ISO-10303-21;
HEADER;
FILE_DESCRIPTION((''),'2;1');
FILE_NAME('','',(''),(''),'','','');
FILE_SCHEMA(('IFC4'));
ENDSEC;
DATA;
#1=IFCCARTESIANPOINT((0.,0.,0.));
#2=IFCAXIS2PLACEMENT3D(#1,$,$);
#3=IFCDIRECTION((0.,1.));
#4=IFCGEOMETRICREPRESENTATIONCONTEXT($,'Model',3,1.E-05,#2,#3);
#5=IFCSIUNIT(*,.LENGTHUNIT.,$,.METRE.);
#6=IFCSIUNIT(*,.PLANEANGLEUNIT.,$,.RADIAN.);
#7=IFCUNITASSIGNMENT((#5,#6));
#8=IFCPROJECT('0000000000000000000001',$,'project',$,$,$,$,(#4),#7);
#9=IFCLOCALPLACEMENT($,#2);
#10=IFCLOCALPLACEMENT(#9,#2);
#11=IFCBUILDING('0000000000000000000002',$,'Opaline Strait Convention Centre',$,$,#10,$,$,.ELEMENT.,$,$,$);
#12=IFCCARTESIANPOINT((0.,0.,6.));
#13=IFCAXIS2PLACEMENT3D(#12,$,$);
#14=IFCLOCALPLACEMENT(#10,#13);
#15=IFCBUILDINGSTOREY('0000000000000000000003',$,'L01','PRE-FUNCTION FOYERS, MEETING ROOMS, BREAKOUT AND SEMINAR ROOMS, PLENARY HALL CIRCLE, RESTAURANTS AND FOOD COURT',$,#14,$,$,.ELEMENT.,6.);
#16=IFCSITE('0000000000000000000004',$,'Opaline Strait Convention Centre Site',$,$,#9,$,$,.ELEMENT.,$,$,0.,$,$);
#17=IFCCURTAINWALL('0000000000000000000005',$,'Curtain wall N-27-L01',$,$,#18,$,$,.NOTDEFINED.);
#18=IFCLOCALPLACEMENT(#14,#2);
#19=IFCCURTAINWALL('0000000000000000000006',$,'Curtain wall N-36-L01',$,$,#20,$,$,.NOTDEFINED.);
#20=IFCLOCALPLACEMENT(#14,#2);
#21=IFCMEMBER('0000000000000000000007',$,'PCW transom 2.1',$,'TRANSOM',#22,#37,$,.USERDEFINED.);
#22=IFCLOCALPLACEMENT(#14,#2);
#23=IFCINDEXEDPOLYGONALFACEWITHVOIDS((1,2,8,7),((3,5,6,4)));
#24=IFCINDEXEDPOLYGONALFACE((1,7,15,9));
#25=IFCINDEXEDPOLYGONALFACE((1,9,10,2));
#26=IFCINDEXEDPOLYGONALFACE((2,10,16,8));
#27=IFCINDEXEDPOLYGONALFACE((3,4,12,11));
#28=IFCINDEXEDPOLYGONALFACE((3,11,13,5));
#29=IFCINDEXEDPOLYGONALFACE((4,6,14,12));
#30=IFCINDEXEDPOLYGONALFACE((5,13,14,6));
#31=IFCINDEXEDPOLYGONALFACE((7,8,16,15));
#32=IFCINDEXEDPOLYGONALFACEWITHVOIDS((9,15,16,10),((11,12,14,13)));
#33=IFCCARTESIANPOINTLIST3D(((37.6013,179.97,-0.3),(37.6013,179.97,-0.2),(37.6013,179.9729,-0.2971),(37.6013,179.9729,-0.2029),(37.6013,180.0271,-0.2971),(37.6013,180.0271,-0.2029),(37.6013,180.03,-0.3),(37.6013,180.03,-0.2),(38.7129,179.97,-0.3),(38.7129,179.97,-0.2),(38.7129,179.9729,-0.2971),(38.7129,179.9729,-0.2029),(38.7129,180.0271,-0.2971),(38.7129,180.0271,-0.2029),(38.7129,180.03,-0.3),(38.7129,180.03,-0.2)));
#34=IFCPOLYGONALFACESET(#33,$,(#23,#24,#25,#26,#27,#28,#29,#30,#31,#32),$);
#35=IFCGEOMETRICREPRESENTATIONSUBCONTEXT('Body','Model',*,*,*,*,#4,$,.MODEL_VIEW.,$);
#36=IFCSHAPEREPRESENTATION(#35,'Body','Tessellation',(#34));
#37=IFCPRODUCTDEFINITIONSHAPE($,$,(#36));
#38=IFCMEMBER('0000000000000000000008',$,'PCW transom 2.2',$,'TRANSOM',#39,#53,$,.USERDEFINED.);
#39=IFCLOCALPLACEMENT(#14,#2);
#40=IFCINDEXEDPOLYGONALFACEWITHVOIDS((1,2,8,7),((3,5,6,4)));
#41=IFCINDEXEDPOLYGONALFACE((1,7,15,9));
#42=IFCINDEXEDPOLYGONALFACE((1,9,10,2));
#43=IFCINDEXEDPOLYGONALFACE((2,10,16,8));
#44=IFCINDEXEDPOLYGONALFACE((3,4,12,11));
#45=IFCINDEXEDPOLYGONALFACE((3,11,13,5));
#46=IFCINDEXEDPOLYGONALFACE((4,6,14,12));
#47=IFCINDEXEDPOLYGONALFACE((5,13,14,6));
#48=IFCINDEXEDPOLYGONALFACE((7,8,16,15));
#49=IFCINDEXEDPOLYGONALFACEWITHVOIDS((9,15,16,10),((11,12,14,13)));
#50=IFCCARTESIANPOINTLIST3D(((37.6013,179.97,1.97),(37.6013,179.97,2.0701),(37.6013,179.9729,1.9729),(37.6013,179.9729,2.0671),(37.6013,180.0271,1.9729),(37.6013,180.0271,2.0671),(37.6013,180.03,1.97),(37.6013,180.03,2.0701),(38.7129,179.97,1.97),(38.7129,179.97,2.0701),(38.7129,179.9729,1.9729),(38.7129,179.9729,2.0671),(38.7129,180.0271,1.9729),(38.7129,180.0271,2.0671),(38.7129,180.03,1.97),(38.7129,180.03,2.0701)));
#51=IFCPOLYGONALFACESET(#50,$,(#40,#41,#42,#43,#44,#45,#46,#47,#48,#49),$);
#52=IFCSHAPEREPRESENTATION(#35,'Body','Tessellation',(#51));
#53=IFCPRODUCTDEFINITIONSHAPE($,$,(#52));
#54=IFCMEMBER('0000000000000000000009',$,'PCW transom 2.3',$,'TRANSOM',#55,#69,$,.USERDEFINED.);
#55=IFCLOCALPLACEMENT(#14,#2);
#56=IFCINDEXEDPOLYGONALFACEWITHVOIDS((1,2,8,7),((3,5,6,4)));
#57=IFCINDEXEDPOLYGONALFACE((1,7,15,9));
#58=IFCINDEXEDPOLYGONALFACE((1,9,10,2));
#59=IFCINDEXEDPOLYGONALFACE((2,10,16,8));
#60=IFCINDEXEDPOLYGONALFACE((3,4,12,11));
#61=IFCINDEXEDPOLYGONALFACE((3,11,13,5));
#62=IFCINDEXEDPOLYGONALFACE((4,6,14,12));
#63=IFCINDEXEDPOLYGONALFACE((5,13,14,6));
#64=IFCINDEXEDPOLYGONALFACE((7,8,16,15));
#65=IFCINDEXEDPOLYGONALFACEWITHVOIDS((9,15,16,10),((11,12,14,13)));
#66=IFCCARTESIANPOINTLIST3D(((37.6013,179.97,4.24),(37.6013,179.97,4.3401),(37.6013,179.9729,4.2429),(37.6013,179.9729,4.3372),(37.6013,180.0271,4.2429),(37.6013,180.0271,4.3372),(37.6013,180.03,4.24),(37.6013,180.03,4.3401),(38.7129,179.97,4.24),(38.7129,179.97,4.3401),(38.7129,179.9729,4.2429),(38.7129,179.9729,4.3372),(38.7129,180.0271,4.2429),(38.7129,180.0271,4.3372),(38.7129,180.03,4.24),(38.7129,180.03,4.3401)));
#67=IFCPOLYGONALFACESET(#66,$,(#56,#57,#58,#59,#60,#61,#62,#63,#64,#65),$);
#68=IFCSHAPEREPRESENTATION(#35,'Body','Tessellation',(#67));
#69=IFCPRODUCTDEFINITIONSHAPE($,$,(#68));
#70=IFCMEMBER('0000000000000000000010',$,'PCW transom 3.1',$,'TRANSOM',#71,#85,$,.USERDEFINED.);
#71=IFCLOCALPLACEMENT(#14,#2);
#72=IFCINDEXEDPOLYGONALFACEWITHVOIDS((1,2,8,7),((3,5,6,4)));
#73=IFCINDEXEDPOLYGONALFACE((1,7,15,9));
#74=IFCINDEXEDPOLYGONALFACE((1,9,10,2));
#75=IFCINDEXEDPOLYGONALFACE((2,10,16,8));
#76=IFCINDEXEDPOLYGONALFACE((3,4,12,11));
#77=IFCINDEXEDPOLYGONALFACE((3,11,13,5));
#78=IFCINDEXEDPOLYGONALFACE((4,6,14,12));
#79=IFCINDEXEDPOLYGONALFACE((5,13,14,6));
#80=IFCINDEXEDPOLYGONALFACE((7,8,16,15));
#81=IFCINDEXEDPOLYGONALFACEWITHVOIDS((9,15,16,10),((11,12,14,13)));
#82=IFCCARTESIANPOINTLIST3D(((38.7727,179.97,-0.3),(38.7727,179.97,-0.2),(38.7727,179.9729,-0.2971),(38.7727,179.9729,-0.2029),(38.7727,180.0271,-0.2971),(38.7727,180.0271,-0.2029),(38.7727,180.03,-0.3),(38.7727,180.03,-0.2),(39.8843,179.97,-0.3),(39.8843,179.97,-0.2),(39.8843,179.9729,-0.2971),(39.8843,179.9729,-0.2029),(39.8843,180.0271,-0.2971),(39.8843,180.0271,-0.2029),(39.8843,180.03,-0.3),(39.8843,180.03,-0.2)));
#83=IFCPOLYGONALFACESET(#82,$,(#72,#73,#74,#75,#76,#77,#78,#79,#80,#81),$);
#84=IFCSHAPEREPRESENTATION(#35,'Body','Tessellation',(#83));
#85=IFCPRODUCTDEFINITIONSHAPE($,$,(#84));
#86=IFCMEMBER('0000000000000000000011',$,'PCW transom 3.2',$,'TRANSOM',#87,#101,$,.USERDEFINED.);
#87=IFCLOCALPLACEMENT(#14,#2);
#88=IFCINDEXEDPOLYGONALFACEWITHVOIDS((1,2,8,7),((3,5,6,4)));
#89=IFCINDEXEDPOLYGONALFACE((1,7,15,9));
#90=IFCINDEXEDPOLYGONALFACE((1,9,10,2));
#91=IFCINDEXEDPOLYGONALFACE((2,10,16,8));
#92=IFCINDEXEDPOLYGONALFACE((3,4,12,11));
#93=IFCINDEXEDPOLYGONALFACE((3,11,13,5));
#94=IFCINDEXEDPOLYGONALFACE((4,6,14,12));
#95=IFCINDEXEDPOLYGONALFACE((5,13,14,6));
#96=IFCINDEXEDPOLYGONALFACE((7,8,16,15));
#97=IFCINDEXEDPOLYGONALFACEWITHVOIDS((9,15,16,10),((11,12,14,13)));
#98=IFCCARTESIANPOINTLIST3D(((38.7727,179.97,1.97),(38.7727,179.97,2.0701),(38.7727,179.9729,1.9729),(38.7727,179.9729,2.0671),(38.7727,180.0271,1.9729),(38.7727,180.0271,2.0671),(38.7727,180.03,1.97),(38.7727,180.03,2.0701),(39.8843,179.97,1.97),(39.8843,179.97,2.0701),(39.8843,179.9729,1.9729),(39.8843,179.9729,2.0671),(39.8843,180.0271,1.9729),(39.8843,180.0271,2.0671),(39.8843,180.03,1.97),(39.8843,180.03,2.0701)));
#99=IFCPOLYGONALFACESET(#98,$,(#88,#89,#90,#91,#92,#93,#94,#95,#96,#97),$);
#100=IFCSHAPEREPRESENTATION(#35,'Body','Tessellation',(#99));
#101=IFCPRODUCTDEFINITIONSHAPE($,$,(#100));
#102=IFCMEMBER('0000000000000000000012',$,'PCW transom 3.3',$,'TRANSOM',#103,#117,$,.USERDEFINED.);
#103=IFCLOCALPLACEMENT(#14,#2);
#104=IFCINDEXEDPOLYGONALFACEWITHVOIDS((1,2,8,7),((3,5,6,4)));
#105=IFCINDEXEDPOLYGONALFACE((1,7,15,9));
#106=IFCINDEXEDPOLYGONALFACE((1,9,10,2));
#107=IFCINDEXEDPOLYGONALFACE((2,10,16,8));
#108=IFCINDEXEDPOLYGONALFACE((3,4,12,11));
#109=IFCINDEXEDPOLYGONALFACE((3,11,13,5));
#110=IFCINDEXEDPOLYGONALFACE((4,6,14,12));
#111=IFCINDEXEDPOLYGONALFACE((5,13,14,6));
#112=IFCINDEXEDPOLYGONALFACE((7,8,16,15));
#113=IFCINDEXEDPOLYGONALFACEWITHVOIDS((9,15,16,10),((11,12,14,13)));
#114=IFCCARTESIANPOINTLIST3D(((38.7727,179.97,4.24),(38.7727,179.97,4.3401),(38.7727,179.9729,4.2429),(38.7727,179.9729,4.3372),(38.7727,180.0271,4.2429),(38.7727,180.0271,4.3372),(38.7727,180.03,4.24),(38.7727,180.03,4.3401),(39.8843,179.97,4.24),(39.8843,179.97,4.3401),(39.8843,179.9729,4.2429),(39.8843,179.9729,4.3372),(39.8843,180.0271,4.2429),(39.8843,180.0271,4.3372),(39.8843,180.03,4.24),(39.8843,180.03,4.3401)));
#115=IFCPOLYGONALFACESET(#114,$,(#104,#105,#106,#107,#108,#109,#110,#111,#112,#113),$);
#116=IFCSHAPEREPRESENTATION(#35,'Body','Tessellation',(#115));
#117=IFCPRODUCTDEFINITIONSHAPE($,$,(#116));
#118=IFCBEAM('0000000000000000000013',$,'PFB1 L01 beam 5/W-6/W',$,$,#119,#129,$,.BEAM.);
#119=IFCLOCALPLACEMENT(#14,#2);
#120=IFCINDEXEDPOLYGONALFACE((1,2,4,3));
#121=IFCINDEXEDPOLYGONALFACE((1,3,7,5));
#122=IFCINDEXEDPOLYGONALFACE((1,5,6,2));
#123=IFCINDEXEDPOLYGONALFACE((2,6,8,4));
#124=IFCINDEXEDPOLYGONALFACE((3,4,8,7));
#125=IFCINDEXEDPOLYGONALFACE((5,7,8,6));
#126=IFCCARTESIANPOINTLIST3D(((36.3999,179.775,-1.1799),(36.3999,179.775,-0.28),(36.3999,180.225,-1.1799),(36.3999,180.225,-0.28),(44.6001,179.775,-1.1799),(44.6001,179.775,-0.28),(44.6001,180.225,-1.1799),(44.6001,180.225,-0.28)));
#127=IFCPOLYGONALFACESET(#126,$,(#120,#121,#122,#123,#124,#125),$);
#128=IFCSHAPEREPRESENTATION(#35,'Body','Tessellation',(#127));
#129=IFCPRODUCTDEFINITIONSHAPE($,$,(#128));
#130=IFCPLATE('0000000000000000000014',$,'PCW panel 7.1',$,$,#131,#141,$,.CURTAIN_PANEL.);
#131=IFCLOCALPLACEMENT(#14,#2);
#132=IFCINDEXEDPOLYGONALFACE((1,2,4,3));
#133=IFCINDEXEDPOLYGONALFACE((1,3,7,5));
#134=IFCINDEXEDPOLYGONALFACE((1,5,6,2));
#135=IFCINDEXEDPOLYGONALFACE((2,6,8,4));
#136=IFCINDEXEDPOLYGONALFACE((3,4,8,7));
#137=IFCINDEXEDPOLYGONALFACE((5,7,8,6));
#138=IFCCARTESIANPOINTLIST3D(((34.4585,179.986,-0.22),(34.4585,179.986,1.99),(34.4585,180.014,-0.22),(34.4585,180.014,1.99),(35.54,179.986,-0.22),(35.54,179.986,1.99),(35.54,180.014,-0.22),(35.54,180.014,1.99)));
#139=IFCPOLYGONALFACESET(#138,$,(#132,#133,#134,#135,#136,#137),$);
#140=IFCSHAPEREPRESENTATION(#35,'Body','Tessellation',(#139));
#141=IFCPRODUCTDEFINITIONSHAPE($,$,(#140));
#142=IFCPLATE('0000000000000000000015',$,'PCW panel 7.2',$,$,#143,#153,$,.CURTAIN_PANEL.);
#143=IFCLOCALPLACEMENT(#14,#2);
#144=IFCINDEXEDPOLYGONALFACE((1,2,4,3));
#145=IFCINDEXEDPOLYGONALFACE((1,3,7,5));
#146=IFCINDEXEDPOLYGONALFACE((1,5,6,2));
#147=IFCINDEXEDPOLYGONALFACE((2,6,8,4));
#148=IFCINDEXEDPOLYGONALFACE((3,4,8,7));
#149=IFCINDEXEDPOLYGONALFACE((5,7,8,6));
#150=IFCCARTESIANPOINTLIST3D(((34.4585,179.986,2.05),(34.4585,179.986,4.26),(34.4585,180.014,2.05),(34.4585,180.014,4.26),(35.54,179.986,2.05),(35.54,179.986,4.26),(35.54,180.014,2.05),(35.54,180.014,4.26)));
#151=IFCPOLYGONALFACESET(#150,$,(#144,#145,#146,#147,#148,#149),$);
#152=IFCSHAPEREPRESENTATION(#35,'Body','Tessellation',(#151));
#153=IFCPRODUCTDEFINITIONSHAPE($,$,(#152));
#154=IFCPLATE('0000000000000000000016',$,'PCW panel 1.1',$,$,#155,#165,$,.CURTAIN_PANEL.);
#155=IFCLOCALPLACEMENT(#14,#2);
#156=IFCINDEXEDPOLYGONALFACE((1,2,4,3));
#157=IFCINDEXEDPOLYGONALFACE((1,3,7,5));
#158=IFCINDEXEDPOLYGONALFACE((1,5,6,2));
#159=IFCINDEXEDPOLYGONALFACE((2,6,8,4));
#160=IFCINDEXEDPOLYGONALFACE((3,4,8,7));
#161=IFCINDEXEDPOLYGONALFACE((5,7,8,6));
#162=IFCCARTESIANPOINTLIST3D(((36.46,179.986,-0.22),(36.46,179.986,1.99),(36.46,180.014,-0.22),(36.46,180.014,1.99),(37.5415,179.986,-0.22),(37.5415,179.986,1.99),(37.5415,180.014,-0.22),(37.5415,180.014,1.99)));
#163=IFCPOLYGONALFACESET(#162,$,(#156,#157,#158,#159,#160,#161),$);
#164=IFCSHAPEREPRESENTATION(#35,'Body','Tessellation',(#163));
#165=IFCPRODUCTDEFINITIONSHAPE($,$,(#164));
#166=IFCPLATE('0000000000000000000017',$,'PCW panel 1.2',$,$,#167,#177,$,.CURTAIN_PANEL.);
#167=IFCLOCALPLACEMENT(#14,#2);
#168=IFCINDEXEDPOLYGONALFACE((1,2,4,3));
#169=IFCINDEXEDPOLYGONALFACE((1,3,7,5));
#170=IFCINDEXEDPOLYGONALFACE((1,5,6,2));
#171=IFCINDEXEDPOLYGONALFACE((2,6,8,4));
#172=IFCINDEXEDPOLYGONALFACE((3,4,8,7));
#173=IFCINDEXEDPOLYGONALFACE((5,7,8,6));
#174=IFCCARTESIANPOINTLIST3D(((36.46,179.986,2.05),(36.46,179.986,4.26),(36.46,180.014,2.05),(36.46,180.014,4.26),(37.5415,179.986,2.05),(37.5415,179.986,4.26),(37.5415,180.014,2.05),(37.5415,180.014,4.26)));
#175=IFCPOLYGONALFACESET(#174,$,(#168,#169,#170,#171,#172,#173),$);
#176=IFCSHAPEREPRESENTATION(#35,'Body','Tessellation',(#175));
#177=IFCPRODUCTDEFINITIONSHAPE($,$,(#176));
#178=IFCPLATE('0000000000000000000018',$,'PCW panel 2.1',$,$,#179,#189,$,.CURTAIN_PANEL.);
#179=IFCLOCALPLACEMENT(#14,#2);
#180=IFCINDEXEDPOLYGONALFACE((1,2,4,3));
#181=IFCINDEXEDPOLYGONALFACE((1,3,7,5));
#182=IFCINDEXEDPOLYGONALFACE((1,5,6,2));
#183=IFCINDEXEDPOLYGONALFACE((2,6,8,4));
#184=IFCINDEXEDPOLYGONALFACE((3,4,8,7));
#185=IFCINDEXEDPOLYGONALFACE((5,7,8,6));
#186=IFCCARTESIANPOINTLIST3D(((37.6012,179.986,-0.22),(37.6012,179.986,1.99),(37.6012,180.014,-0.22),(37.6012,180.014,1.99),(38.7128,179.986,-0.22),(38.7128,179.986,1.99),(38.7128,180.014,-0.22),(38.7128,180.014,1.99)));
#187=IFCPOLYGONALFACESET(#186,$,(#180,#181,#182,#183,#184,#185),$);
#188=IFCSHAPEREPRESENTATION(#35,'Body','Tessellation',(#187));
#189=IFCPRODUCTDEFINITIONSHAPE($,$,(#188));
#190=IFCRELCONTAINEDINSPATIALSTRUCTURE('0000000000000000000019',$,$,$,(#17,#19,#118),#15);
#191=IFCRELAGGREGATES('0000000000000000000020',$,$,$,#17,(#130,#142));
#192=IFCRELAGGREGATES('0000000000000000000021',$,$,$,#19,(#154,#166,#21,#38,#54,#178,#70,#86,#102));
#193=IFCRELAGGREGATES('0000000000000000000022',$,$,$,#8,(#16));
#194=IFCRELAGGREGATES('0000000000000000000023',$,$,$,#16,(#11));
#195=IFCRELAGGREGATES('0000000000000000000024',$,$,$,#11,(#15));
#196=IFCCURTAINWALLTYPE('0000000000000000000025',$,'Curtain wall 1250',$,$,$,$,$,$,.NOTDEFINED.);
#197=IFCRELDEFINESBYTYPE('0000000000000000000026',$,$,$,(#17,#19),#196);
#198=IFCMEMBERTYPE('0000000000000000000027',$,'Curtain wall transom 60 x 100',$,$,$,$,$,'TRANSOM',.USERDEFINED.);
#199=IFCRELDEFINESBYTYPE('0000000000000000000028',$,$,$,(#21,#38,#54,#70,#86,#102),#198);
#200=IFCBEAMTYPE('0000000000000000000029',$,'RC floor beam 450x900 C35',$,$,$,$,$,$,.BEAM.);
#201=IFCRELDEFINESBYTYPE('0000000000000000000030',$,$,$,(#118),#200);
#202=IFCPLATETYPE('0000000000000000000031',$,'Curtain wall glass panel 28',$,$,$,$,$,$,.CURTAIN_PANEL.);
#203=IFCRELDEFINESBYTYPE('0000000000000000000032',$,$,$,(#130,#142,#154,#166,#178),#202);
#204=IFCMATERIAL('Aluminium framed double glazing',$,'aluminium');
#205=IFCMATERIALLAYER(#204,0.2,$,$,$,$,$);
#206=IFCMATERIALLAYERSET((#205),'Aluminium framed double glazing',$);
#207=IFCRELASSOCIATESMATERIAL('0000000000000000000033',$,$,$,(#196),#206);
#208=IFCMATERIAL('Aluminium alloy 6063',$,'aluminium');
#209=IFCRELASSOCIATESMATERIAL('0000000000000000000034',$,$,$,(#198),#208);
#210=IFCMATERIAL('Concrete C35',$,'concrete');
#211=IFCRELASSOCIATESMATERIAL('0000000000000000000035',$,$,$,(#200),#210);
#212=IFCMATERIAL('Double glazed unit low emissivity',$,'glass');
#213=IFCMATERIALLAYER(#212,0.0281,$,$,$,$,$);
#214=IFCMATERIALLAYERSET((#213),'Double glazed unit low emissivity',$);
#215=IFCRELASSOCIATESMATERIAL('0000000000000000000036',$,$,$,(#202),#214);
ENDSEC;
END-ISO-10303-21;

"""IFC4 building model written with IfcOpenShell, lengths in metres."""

from ifc_helpers import new_model, si_unit, direction, frame, origin, origin_2d, place, context, subcontext, project, spatial, rectangle, hollow_rectangle, extrude, material, layer, layer_set, material_profile, profile_set, type_object, element, aggregate, save


model = new_model("IFC4")

# Units and contexts
model_context = context("Model", 3, precision=1e-05, world=origin(), true_north=direction((0.0, 1.0)))
body_context = subcontext(model_context, "Body", "Model", "MODEL_VIEW")
ifc_project = project(units=[si_unit("LENGTHUNIT", "METRE"), si_unit("PLANEANGLEUNIT", "RADIAN")], contexts=[model_context])

# Site, building, storey
site_placement = place(None, origin())
site = spatial("IfcSite", under=ifc_project, at=site_placement, Name="Opaline Strait Convention Centre Site", CompositionType="ELEMENT", RefElevation=0.0)
building_placement = place(site_placement, origin())
building = spatial("IfcBuilding", under=site, at=building_placement, Name="Opaline Strait Convention Centre", CompositionType="ELEMENT")
storey_placement = place(building_placement, frame((0.0, 0.0, 6.0)))
storey = spatial("IfcBuildingStorey", under=building, at=storey_placement, Name="L01", Description="PRE-FUNCTION FOYERS, MEETING ROOMS, BREAKOUT AND SEMINAR ROOMS, PLENARY HALL CIRCLE, RESTAURANTS AND FOOD COURT", CompositionType="ELEMENT", Elevation=6.0)

# Curtain wall
ifc_material_1 = material(Name="Aluminium framed double glazing", Category="aluminium")
ifc_layer_1 = layer(ifc_material_1, 0.2)
ifc_layer_set_1 = layer_set([ifc_layer_1], Name="Aluminium framed double glazing")
curtain_wall_type = type_object("IfcCurtainWallType", Name="Curtain wall 1250", PredefinedType="NOTDEFINED", material=ifc_layer_set_1)
curtain_wall_1_placement = place(storey_placement, origin())
curtain_wall_1 = element("IfcCurtainWall", 1, at=curtain_wall_1_placement, inside=storey, type_object=curtain_wall_type, Name="Curtain wall N-27-L01", PredefinedType="NOTDEFINED")
ifc_material_2 = material(Name="Aluminium alloy 6063", Category="aluminium")

# Curtain wall
curtain_wall_2_placement = place(storey_placement, origin())
curtain_wall_2 = element("IfcCurtainWall", 2, at=curtain_wall_2_placement, inside=storey, type_object=curtain_wall_type, Name="Curtain wall N-36-L01", PredefinedType="NOTDEFINED")

# Members
ifc_material_profile_1 = material_profile(ifc_material_2, hollow_rectangle(XDim=0.0601, YDim=0.1001, WallThickness=0.0029, at=origin_2d()), Name="TRANSOM 60x100x3")
ifc_profile_set_1 = profile_set([ifc_material_profile_1], Name="Aluminium alloy 6063")
member_type_1 = type_object("IfcMemberType", Name="Curtain wall transom 60 x 100", ElementType="TRANSOM", PredefinedType="USERDEFINED", material=ifc_profile_set_1)
member_1_placement = place(storey_placement, frame((37.6013, 180.0, -0.25), z_axis=(1.0, 0.0, 0.0), x_axis=(0.0, 1.0, 0.0)))
member_1 = element("IfcMember", 3, at=member_1_placement, type_object=member_type_1, Name="PCW transom 2.1", ObjectType="TRANSOM", PredefinedType="USERDEFINED", context=body_context, shape_type="SweptSolid", body=[
    extrude(hollow_rectangle(XDim=0.0601, YDim=0.1001, WallThickness=0.0029, at=origin_2d()), origin(), (0.0, 0.0, 1.0), 1.1116),
])
member_2_placement = place(storey_placement, frame((37.6013, 180.0, 2.02), z_axis=(1.0, 0.0, 0.0), x_axis=(0.0, 1.0, 0.0)))
member_2 = element("IfcMember", 4, at=member_2_placement, type_object=member_type_1, Name="PCW transom 2.2", ObjectType="TRANSOM", PredefinedType="USERDEFINED", context=body_context, shape_type="SweptSolid", body=[
    extrude(hollow_rectangle(XDim=0.0601, YDim=0.1001, WallThickness=0.0029, at=origin_2d()), origin(), (0.0, 0.0, 1.0), 1.1116),
])
member_3_placement = place(storey_placement, frame((37.6013, 180.0, 4.29), z_axis=(1.0, 0.0, 0.0), x_axis=(0.0, 1.0, 0.0)))
member_3 = element("IfcMember", 5, at=member_3_placement, type_object=member_type_1, Name="PCW transom 2.3", ObjectType="TRANSOM", PredefinedType="USERDEFINED", context=body_context, shape_type="SweptSolid", body=[
    extrude(hollow_rectangle(XDim=0.0601, YDim=0.1001, WallThickness=0.0029, at=origin_2d()), origin(), (0.0, 0.0, 1.0), 1.1116),
])
member_4_placement = place(storey_placement, frame((38.7727, 180.0, -0.25), z_axis=(1.0, 0.0, 0.0), x_axis=(0.0, 1.0, 0.0)))
member_4 = element("IfcMember", 6, at=member_4_placement, type_object=member_type_1, Name="PCW transom 3.1", ObjectType="TRANSOM", PredefinedType="USERDEFINED", context=body_context, shape_type="SweptSolid", body=[
    extrude(hollow_rectangle(XDim=0.0601, YDim=0.1001, WallThickness=0.0029, at=origin_2d()), origin(), (0.0, 0.0, 1.0), 1.1116),
])
member_5_placement = place(storey_placement, frame((38.7727, 180.0, 2.02), z_axis=(1.0, 0.0, 0.0), x_axis=(0.0, 1.0, 0.0)))
member_5 = element("IfcMember", 7, at=member_5_placement, type_object=member_type_1, Name="PCW transom 3.2", ObjectType="TRANSOM", PredefinedType="USERDEFINED", context=body_context, shape_type="SweptSolid", body=[
    extrude(hollow_rectangle(XDim=0.0601, YDim=0.1001, WallThickness=0.0029, at=origin_2d()), origin(), (0.0, 0.0, 1.0), 1.1116),
])
member_6_placement = place(storey_placement, frame((38.7727, 180.0, 4.29), z_axis=(1.0, 0.0, 0.0), x_axis=(0.0, 1.0, 0.0)))
member_6 = element("IfcMember", 8, at=member_6_placement, type_object=member_type_1, Name="PCW transom 3.3", ObjectType="TRANSOM", PredefinedType="USERDEFINED", context=body_context, shape_type="SweptSolid", body=[
    extrude(hollow_rectangle(XDim=0.0601, YDim=0.1001, WallThickness=0.0029, at=origin_2d()), origin(), (0.0, 0.0, 1.0), 1.1116),
])

# Beam
ifc_material_3 = material(Name="Concrete C35", Category="concrete")
ifc_material_profile_2 = material_profile(ifc_material_3, rectangle(XDim=0.45, YDim=0.8999, at=origin_2d()), Name="RC 450x900")
ifc_profile_set_2 = profile_set([ifc_material_profile_2], Name="Concrete C35")
beam_type = type_object("IfcBeamType", Name="RC floor beam 450x900 C35", PredefinedType="BEAM", material=ifc_profile_set_2)
beam_placement = place(storey_placement, frame((36.3999, 180.0, -0.73), z_axis=(1.0, 0.0, 0.0), x_axis=(0.0, 1.0, 0.0)))
element("IfcBeam", 9, at=beam_placement, inside=storey, type_object=beam_type, Name="PFB1 L01 beam 5/W-6/W", PredefinedType="BEAM", context=body_context, shape_type="SweptSolid", body=[
    extrude(rectangle(XDim=0.45, YDim=0.8999, at=origin_2d()), origin(), (0.0, 0.0, 1.0), 8.2002),
])

# Plates
ifc_material_4 = material(Name="Double glazed unit low emissivity", Category="glass")
ifc_layer_2 = layer(ifc_material_4, 0.0281)
ifc_layer_set_2 = layer_set([ifc_layer_2], Name="Double glazed unit low emissivity")
plate_type = type_object("IfcPlateType", Name="Curtain wall glass panel 28", PredefinedType="CURTAIN_PANEL", material=ifc_layer_set_2)
plate_1_placement = place(storey_placement, frame((34.9993, 180.0, -0.22), z_axis=(0.0, 0.0, 1.0), x_axis=(1.0, 0.0, 0.0)))
plate_1 = element("IfcPlate", 10, at=plate_1_placement, type_object=plate_type, Name="PCW panel 7.1", PredefinedType="CURTAIN_PANEL", context=body_context, shape_type="SweptSolid", body=[
    extrude(rectangle(XDim=1.0815, YDim=0.0281, at=origin_2d()), origin(), (0.0, 0.0, 1.0), 2.21),
])
plate_2_placement = place(storey_placement, frame((34.9993, 180.0, 2.05), z_axis=(0.0, 0.0, 1.0), x_axis=(1.0, 0.0, 0.0)))
plate_2 = element("IfcPlate", 11, at=plate_2_placement, type_object=plate_type, Name="PCW panel 7.2", PredefinedType="CURTAIN_PANEL", context=body_context, shape_type="SweptSolid", body=[
    extrude(rectangle(XDim=1.0815, YDim=0.0281, at=origin_2d()), origin(), (0.0, 0.0, 1.0), 2.21),
])
aggregate(curtain_wall_1, [plate_1, plate_2])
plate_3_placement = place(storey_placement, frame((37.0007, 180.0, -0.22), z_axis=(0.0, 0.0, 1.0), x_axis=(1.0, 0.0, 0.0)))
plate_3 = element("IfcPlate", 12, at=plate_3_placement, type_object=plate_type, Name="PCW panel 1.1", PredefinedType="CURTAIN_PANEL", context=body_context, shape_type="SweptSolid", body=[
    extrude(rectangle(XDim=1.0815, YDim=0.0281, at=origin_2d()), origin(), (0.0, 0.0, 1.0), 2.21),
])
plate_4_placement = place(storey_placement, frame((37.0007, 180.0, 2.05), z_axis=(0.0, 0.0, 1.0), x_axis=(1.0, 0.0, 0.0)))
plate_4 = element("IfcPlate", 13, at=plate_4_placement, type_object=plate_type, Name="PCW panel 1.2", PredefinedType="CURTAIN_PANEL", context=body_context, shape_type="SweptSolid", body=[
    extrude(rectangle(XDim=1.0815, YDim=0.0281, at=origin_2d()), origin(), (0.0, 0.0, 1.0), 2.21),
])
plate_5_placement = place(storey_placement, frame((38.157, 180.0, -0.22), z_axis=(0.0, 0.0, 1.0), x_axis=(1.0, 0.0, 0.0)))
plate_5 = element("IfcPlate", 14, at=plate_5_placement, type_object=plate_type, Name="PCW panel 2.1", PredefinedType="CURTAIN_PANEL", context=body_context, shape_type="SweptSolid", body=[
    extrude(rectangle(XDim=1.1116, YDim=0.0281, at=origin_2d()), origin(), (0.0, 0.0, 1.0), 2.21),
])
aggregate(curtain_wall_2, [plate_3, plate_4, member_1, member_2, member_3, plate_5, member_4, member_5, member_6])

save(model, "model.ifc")
